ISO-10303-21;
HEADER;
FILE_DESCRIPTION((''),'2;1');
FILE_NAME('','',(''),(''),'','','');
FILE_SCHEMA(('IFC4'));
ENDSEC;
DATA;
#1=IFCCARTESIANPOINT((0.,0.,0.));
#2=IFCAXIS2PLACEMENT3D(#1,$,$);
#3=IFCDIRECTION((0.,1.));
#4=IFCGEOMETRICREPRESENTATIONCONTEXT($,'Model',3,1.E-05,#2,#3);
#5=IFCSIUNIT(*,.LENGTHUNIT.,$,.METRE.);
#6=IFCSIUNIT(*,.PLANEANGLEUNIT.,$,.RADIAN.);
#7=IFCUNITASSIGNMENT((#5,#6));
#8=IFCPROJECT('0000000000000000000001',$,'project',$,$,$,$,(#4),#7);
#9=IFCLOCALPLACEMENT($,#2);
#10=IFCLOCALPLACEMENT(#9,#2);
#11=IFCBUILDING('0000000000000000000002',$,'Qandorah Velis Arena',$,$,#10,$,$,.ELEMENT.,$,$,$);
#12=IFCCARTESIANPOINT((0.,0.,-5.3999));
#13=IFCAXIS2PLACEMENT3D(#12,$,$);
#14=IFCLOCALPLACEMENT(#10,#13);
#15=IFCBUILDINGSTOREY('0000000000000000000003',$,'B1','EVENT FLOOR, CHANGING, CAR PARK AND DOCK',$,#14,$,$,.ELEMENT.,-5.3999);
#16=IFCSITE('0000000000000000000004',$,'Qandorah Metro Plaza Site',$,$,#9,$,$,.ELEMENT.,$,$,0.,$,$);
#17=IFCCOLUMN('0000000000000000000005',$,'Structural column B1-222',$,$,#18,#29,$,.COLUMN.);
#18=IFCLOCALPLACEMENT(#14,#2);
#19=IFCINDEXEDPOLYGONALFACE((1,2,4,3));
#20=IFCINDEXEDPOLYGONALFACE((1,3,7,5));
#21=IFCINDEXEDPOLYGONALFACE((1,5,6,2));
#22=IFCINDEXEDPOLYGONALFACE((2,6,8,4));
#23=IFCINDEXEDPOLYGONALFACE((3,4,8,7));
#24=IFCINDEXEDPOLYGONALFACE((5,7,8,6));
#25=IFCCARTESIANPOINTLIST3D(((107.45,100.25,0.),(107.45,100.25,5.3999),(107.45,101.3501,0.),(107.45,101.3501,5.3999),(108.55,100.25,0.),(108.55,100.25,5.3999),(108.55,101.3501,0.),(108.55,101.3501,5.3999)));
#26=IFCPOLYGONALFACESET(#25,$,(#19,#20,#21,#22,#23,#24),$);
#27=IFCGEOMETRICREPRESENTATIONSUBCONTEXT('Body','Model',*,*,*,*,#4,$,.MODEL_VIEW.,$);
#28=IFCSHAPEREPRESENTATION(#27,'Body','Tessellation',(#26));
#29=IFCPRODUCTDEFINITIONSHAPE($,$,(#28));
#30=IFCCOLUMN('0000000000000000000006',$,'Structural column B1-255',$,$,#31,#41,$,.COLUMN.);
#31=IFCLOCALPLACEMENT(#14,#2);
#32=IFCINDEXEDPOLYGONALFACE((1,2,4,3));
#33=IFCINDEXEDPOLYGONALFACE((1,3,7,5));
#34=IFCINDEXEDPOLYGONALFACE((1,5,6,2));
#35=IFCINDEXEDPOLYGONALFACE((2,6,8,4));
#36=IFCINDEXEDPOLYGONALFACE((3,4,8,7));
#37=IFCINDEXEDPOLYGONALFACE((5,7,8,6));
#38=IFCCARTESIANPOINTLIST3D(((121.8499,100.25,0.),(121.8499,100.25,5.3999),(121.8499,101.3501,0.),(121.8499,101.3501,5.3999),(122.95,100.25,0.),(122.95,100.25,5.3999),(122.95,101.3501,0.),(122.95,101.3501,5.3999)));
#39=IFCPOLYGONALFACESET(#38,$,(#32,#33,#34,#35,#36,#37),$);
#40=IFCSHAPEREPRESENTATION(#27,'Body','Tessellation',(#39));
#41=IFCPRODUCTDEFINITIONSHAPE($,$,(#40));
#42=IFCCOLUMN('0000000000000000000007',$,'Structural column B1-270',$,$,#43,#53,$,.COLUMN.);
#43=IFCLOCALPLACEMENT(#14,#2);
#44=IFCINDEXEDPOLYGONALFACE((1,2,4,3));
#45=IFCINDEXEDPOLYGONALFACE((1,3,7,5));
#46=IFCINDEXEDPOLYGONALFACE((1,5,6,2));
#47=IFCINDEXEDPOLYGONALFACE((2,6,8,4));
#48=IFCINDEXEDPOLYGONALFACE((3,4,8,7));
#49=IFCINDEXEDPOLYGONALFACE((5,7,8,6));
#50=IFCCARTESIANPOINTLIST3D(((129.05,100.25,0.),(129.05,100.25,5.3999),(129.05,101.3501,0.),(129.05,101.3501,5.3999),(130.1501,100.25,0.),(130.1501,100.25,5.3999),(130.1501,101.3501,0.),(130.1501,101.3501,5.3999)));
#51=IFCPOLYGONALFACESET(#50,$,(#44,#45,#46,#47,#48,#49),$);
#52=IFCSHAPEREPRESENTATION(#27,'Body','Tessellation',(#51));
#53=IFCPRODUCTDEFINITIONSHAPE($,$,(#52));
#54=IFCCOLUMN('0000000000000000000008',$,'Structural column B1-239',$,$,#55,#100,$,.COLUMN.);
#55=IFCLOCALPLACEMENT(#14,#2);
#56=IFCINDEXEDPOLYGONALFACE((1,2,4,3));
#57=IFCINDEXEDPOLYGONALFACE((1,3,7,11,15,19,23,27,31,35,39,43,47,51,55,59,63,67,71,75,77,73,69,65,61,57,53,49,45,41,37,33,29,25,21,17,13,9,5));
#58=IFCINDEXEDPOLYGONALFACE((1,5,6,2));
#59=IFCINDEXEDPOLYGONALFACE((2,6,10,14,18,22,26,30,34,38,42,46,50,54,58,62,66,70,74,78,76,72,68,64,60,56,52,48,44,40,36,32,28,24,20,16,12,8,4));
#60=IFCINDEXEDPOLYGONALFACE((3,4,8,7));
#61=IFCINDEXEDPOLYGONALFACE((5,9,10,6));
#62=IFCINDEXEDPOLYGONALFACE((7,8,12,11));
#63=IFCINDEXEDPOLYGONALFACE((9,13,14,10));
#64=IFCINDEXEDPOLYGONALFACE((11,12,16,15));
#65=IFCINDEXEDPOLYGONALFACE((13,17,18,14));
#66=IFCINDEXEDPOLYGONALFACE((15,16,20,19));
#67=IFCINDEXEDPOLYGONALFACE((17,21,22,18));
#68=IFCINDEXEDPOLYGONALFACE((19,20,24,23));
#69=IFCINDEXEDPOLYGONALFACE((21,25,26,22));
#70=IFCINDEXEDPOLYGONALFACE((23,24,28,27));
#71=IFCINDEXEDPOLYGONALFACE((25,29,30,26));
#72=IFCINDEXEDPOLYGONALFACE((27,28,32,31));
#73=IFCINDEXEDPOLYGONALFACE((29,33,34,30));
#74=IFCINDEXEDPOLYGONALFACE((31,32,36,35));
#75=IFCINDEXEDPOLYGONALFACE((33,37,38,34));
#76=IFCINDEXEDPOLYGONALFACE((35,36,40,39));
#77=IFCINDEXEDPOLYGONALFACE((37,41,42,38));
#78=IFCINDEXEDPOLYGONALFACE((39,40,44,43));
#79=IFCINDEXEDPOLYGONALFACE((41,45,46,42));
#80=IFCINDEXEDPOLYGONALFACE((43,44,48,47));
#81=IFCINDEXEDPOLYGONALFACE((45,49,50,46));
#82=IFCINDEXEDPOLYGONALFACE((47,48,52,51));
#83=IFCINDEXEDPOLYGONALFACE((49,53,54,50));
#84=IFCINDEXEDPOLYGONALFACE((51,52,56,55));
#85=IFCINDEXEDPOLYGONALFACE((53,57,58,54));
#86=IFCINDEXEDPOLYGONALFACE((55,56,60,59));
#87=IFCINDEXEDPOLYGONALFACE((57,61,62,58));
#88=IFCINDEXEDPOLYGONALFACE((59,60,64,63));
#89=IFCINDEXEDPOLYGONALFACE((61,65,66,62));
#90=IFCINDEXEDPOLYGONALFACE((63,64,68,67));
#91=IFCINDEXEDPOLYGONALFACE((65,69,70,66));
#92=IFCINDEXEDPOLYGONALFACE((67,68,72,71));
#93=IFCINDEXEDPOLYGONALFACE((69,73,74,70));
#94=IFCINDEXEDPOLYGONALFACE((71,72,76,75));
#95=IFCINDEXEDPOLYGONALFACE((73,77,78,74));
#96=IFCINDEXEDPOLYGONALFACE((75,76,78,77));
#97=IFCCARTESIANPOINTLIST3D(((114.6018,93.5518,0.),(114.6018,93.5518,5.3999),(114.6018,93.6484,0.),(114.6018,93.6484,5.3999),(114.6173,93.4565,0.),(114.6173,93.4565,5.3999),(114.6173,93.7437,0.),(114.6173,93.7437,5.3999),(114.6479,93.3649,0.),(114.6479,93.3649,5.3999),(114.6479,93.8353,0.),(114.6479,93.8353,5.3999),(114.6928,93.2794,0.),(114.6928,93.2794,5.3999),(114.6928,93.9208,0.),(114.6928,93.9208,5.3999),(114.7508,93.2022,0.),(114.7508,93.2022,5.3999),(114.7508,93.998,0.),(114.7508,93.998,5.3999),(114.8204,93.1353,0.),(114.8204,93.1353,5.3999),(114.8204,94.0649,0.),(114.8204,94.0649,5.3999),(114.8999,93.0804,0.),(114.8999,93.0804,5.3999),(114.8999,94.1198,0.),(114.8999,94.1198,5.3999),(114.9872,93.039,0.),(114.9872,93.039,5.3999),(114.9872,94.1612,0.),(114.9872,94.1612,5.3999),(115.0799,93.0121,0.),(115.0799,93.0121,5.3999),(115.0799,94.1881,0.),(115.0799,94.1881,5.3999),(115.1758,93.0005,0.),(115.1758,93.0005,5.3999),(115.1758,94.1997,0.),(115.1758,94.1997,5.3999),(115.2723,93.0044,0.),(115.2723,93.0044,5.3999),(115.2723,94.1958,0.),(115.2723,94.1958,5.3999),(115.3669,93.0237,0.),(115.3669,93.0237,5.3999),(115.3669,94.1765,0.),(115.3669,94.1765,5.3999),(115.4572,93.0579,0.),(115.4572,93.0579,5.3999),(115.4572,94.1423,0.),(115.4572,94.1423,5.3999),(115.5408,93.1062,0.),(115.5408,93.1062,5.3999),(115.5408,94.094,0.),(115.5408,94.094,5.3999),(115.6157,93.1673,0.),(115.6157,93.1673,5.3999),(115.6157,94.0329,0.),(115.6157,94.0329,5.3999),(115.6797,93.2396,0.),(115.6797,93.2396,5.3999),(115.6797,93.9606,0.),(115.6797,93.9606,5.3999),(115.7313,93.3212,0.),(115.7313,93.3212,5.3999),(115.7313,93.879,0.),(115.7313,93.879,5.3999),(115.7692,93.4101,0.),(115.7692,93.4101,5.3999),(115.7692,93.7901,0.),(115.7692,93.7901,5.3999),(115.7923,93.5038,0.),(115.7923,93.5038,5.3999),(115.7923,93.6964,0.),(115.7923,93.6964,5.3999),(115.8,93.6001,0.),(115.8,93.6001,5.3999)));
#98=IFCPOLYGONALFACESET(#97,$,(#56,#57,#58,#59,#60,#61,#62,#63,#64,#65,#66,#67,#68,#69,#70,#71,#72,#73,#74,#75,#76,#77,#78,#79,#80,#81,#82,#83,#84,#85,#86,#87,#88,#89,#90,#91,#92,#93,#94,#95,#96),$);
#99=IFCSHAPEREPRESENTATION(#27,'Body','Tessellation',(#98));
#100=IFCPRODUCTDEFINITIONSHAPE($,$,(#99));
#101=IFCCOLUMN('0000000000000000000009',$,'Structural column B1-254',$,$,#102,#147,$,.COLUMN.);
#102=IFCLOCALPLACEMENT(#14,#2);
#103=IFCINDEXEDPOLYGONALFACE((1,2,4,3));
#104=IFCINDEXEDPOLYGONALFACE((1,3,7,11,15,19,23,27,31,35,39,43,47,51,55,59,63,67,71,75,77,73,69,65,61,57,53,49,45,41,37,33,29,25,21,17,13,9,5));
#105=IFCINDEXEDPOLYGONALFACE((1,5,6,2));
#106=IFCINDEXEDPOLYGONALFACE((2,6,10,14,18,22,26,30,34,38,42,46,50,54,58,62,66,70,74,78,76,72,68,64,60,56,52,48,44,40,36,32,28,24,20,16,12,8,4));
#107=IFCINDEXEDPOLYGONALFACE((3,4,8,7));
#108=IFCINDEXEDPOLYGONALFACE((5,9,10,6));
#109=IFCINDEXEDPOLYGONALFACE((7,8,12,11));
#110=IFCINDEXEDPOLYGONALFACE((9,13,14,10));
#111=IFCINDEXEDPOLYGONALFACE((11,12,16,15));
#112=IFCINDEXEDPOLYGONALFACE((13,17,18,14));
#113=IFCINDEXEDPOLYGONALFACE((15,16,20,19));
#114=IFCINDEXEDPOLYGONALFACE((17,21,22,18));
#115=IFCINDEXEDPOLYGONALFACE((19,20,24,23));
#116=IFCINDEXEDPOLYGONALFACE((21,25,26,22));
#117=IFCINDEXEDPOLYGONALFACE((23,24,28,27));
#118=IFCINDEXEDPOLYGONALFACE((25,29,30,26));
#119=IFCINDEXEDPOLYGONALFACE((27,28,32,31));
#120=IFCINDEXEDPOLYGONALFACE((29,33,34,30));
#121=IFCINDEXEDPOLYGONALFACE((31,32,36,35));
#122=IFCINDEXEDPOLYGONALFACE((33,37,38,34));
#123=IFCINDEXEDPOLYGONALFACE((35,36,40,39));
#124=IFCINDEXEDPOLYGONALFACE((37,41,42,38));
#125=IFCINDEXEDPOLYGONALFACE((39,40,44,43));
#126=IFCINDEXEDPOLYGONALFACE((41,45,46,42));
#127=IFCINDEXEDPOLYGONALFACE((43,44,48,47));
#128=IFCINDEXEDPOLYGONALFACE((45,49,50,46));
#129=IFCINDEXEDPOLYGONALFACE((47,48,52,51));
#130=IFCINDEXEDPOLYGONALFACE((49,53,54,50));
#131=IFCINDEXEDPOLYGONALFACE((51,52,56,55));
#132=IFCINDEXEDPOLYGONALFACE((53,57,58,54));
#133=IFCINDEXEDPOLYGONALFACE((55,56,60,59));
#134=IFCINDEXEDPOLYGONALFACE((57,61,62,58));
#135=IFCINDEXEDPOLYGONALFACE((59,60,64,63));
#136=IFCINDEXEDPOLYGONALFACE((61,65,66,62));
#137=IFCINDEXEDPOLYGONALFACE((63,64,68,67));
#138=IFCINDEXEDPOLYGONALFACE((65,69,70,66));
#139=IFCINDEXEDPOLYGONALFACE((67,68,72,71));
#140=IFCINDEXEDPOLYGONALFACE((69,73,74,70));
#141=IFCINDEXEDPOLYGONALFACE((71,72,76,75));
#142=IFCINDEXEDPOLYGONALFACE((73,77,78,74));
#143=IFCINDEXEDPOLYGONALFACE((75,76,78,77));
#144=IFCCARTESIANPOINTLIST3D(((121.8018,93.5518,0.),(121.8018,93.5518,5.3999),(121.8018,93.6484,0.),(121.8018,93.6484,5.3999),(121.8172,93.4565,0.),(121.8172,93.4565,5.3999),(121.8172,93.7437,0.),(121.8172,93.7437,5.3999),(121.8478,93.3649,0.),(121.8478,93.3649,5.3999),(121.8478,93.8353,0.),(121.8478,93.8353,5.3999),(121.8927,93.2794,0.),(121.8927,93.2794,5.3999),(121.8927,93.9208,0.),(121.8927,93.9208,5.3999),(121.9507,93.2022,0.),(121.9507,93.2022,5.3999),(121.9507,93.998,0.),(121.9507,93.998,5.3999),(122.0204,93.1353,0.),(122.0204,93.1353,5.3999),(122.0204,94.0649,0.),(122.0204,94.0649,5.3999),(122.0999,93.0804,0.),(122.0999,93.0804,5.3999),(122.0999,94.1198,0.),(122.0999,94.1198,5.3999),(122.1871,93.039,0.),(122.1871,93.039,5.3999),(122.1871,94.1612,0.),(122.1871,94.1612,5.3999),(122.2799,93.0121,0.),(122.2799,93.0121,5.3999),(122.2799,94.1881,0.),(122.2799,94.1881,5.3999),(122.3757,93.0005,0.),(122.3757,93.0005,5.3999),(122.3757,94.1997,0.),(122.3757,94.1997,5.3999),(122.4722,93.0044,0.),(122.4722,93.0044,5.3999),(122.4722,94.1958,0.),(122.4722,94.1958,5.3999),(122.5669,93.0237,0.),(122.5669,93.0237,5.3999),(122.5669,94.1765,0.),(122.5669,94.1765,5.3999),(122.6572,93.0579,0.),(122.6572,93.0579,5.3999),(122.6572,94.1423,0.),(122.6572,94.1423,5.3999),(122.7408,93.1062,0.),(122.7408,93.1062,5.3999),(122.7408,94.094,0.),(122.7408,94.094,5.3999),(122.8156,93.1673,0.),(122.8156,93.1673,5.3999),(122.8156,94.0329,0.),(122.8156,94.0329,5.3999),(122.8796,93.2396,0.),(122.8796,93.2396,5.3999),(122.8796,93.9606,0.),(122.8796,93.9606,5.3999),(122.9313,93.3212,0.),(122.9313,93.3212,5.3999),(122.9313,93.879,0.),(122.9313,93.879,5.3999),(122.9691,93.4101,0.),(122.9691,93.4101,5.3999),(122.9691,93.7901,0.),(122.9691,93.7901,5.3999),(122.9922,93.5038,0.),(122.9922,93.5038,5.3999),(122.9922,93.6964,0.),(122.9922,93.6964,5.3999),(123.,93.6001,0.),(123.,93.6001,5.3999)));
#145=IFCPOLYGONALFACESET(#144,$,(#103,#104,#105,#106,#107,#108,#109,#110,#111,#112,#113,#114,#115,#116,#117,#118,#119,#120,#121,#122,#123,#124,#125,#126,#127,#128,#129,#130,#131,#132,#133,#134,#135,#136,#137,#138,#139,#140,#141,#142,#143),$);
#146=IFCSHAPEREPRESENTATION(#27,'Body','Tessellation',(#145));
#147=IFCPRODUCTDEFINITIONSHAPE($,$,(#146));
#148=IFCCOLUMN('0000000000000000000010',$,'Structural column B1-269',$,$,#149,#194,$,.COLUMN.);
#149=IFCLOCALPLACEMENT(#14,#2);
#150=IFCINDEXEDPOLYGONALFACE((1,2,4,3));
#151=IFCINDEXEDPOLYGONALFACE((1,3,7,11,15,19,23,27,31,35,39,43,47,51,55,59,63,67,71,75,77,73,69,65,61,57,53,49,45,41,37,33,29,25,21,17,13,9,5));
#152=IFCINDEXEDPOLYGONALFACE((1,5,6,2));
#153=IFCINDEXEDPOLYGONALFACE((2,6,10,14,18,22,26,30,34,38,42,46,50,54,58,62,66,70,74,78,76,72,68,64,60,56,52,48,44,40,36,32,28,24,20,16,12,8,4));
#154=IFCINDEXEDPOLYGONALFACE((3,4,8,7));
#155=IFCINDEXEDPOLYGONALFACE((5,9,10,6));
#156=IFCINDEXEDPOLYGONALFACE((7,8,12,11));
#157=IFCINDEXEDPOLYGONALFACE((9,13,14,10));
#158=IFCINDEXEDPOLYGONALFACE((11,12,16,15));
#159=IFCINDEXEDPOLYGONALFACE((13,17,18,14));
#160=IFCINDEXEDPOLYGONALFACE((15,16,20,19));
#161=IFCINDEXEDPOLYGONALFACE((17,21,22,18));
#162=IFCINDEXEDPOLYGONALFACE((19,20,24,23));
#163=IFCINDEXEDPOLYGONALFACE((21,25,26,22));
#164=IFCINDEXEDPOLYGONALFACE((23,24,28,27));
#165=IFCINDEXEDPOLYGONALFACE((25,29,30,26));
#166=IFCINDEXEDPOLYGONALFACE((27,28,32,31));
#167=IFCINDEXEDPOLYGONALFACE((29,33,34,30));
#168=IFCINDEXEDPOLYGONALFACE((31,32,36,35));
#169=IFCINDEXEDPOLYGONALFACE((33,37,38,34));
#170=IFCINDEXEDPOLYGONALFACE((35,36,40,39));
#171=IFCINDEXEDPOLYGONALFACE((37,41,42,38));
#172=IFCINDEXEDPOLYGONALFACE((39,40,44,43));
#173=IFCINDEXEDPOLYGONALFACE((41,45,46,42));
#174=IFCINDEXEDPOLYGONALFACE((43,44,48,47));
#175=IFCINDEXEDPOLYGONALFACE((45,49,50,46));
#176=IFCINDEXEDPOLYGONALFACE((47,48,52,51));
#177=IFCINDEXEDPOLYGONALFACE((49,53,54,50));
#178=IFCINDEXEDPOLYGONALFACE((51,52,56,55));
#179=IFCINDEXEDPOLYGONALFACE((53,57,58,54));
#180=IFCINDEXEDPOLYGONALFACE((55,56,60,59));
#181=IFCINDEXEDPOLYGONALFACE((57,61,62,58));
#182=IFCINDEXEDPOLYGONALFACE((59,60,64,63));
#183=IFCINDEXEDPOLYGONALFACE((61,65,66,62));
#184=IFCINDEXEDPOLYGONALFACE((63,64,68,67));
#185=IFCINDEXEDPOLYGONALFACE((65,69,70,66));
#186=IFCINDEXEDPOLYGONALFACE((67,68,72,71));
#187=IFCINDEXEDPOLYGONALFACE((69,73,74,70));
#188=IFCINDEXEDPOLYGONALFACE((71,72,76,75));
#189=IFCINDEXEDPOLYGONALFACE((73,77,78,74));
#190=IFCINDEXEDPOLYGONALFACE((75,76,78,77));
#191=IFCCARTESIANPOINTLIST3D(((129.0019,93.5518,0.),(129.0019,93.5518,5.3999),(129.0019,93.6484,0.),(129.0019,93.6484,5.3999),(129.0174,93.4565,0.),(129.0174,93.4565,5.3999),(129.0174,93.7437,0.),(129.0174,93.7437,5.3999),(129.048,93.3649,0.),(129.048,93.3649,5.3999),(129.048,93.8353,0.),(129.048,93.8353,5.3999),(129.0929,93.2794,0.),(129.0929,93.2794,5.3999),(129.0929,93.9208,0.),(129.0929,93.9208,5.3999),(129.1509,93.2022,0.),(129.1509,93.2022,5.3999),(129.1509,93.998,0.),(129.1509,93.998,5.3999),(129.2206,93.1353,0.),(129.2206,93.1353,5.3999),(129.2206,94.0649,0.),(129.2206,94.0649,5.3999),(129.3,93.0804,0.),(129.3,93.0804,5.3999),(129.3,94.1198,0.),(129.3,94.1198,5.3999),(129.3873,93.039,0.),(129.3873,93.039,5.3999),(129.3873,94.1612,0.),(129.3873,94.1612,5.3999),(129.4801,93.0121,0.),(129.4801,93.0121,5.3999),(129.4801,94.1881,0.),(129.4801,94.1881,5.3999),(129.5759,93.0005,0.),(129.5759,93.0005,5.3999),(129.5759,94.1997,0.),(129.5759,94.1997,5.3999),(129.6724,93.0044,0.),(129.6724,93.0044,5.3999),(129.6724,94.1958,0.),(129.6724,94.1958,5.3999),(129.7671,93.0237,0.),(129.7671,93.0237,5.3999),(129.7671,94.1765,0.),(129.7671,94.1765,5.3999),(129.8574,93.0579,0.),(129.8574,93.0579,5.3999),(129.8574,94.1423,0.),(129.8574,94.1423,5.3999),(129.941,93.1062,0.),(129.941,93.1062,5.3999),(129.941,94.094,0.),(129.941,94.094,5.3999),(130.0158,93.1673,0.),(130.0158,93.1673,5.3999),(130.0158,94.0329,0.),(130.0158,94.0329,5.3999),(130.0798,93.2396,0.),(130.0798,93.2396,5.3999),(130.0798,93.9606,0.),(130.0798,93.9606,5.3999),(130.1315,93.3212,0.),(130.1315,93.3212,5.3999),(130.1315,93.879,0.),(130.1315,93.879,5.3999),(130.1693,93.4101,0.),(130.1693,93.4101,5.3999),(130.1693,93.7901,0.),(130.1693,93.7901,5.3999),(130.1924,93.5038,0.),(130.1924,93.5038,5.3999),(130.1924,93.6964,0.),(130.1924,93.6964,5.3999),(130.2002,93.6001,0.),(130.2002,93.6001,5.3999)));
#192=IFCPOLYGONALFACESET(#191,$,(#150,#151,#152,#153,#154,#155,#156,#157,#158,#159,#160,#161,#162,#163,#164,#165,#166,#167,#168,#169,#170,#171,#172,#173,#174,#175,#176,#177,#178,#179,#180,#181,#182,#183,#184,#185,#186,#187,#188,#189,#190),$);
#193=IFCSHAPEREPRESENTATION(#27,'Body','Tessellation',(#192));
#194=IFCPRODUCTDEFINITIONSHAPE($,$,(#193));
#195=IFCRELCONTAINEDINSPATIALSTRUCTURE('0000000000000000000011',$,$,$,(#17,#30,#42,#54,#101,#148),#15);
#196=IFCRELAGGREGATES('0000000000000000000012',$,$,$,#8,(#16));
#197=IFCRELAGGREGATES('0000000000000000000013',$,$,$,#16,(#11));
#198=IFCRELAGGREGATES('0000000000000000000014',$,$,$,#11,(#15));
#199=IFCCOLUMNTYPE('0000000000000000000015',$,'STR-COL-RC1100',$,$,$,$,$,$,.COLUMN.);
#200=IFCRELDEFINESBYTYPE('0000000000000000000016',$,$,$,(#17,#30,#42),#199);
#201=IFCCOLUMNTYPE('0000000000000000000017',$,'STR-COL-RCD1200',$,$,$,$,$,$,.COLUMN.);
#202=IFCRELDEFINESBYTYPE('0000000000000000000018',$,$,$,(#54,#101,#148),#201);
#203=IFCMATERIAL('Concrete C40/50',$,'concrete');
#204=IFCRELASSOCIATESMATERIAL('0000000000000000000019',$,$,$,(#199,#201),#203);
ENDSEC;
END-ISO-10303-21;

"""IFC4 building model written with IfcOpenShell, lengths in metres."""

from ifc_helpers import new_model, si_unit, direction, frame, origin, origin_2d, place, context, subcontext, project, spatial, rectangle, circle, extrude, material, material_profile, profile_set, type_object, element, save


model = new_model("IFC4")

# Units and contexts
model_context = context("Model", 3, precision=1e-05, world=origin(), true_north=direction((0.0, 1.0)))
body_context = subcontext(model_context, "Body", "Model", "MODEL_VIEW")
ifc_project = project(units=[si_unit("LENGTHUNIT", "METRE"), si_unit("PLANEANGLEUNIT", "RADIAN")], contexts=[model_context])

# Site, building, storey
site_placement = place(None, origin())
site = spatial("IfcSite", under=ifc_project, at=site_placement, Name="Qandorah Metro Plaza Site", CompositionType="ELEMENT", RefElevation=0.0)
building_placement = place(site_placement, origin())
building = spatial("IfcBuilding", under=site, at=building_placement, Name="Qandorah Velis Arena", CompositionType="ELEMENT")
storey_placement = place(building_placement, frame((0.0, 0.0, -5.3999)))
storey = spatial("IfcBuildingStorey", under=building, at=storey_placement, Name="B1", Description="EVENT FLOOR, CHANGING, CAR PARK AND DOCK", CompositionType="ELEMENT", Elevation=-5.3999)

# Shared definitions
ifc_material_1 = material(Name="Concrete C40/50", Category="concrete")

# Columns
ifc_material_profile_1 = material_profile(ifc_material_1, rectangle(XDim=1.1001, YDim=1.1001, at=origin_2d()), Name="RC COL 1100x1100")
ifc_profile_set_1 = profile_set([ifc_material_profile_1], Name="Concrete C40/50")
column_type_1 = type_object("IfcColumnType", Name="STR-COL-RC1100", PredefinedType="COLUMN", material=ifc_profile_set_1)
for number, where, z_axis, x_axis, name in (
    (1, (108.0, 100.8, 0.0), (0.0, 0.0, 1.0), (1.0, 0.0, 0.0), "Structural column B1-222"),
    (2, (122.3999, 100.8, 0.0), (0.0, 0.0, 1.0), (1.0, 0.0, 0.0), "Structural column B1-255"),
    (3, (129.6001, 100.8, 0.0), (0.0, 0.0, 1.0), (1.0, 0.0, 0.0), "Structural column B1-270"),
):
    element("IfcColumn", number, at=place(storey_placement, frame(where, z_axis=z_axis, x_axis=x_axis)), inside=storey, type_object=column_type_1, Name=name, PredefinedType="COLUMN", context=body_context, shape_type="SweptSolid", body=[
        extrude(rectangle(XDim=1.1001, YDim=1.1001, at=origin_2d()), origin(), (0.0, 0.0, 1.0), 5.3999),
    ])
ifc_material_profile_2 = material_profile(ifc_material_1, circle(Radius=0.6001, at=origin_2d()), Name="RC D1200")
ifc_profile_set_2 = profile_set([ifc_material_profile_2], Name="Concrete C40/50")
column_type_2 = type_object("IfcColumnType", Name="STR-COL-RCD1200", PredefinedType="COLUMN", material=ifc_profile_set_2)
for number, where, z_axis, x_axis, name in (
    (4, (115.2, 93.6001, 0.0), (0.0, 0.0, 1.0), (1.0, 0.0, 0.0), "Structural column B1-239"),
    (5, (122.3999, 93.6001, 0.0), (0.0, 0.0, 1.0), (1.0, 0.0, 0.0), "Structural column B1-254"),
    (6, (129.6001, 93.6001, 0.0), (0.0, 0.0, 1.0), (1.0, 0.0, 0.0), "Structural column B1-269"),
):
    element("IfcColumn", number, at=place(storey_placement, frame(where, z_axis=z_axis, x_axis=x_axis)), inside=storey, type_object=column_type_2, Name=name, PredefinedType="COLUMN", context=body_context, shape_type="SweptSolid", body=[
        extrude(circle(Radius=0.6001, at=origin_2d()), origin(), (0.0, 0.0, 1.0), 5.3999),
    ])

save(model, "model.ifc")
